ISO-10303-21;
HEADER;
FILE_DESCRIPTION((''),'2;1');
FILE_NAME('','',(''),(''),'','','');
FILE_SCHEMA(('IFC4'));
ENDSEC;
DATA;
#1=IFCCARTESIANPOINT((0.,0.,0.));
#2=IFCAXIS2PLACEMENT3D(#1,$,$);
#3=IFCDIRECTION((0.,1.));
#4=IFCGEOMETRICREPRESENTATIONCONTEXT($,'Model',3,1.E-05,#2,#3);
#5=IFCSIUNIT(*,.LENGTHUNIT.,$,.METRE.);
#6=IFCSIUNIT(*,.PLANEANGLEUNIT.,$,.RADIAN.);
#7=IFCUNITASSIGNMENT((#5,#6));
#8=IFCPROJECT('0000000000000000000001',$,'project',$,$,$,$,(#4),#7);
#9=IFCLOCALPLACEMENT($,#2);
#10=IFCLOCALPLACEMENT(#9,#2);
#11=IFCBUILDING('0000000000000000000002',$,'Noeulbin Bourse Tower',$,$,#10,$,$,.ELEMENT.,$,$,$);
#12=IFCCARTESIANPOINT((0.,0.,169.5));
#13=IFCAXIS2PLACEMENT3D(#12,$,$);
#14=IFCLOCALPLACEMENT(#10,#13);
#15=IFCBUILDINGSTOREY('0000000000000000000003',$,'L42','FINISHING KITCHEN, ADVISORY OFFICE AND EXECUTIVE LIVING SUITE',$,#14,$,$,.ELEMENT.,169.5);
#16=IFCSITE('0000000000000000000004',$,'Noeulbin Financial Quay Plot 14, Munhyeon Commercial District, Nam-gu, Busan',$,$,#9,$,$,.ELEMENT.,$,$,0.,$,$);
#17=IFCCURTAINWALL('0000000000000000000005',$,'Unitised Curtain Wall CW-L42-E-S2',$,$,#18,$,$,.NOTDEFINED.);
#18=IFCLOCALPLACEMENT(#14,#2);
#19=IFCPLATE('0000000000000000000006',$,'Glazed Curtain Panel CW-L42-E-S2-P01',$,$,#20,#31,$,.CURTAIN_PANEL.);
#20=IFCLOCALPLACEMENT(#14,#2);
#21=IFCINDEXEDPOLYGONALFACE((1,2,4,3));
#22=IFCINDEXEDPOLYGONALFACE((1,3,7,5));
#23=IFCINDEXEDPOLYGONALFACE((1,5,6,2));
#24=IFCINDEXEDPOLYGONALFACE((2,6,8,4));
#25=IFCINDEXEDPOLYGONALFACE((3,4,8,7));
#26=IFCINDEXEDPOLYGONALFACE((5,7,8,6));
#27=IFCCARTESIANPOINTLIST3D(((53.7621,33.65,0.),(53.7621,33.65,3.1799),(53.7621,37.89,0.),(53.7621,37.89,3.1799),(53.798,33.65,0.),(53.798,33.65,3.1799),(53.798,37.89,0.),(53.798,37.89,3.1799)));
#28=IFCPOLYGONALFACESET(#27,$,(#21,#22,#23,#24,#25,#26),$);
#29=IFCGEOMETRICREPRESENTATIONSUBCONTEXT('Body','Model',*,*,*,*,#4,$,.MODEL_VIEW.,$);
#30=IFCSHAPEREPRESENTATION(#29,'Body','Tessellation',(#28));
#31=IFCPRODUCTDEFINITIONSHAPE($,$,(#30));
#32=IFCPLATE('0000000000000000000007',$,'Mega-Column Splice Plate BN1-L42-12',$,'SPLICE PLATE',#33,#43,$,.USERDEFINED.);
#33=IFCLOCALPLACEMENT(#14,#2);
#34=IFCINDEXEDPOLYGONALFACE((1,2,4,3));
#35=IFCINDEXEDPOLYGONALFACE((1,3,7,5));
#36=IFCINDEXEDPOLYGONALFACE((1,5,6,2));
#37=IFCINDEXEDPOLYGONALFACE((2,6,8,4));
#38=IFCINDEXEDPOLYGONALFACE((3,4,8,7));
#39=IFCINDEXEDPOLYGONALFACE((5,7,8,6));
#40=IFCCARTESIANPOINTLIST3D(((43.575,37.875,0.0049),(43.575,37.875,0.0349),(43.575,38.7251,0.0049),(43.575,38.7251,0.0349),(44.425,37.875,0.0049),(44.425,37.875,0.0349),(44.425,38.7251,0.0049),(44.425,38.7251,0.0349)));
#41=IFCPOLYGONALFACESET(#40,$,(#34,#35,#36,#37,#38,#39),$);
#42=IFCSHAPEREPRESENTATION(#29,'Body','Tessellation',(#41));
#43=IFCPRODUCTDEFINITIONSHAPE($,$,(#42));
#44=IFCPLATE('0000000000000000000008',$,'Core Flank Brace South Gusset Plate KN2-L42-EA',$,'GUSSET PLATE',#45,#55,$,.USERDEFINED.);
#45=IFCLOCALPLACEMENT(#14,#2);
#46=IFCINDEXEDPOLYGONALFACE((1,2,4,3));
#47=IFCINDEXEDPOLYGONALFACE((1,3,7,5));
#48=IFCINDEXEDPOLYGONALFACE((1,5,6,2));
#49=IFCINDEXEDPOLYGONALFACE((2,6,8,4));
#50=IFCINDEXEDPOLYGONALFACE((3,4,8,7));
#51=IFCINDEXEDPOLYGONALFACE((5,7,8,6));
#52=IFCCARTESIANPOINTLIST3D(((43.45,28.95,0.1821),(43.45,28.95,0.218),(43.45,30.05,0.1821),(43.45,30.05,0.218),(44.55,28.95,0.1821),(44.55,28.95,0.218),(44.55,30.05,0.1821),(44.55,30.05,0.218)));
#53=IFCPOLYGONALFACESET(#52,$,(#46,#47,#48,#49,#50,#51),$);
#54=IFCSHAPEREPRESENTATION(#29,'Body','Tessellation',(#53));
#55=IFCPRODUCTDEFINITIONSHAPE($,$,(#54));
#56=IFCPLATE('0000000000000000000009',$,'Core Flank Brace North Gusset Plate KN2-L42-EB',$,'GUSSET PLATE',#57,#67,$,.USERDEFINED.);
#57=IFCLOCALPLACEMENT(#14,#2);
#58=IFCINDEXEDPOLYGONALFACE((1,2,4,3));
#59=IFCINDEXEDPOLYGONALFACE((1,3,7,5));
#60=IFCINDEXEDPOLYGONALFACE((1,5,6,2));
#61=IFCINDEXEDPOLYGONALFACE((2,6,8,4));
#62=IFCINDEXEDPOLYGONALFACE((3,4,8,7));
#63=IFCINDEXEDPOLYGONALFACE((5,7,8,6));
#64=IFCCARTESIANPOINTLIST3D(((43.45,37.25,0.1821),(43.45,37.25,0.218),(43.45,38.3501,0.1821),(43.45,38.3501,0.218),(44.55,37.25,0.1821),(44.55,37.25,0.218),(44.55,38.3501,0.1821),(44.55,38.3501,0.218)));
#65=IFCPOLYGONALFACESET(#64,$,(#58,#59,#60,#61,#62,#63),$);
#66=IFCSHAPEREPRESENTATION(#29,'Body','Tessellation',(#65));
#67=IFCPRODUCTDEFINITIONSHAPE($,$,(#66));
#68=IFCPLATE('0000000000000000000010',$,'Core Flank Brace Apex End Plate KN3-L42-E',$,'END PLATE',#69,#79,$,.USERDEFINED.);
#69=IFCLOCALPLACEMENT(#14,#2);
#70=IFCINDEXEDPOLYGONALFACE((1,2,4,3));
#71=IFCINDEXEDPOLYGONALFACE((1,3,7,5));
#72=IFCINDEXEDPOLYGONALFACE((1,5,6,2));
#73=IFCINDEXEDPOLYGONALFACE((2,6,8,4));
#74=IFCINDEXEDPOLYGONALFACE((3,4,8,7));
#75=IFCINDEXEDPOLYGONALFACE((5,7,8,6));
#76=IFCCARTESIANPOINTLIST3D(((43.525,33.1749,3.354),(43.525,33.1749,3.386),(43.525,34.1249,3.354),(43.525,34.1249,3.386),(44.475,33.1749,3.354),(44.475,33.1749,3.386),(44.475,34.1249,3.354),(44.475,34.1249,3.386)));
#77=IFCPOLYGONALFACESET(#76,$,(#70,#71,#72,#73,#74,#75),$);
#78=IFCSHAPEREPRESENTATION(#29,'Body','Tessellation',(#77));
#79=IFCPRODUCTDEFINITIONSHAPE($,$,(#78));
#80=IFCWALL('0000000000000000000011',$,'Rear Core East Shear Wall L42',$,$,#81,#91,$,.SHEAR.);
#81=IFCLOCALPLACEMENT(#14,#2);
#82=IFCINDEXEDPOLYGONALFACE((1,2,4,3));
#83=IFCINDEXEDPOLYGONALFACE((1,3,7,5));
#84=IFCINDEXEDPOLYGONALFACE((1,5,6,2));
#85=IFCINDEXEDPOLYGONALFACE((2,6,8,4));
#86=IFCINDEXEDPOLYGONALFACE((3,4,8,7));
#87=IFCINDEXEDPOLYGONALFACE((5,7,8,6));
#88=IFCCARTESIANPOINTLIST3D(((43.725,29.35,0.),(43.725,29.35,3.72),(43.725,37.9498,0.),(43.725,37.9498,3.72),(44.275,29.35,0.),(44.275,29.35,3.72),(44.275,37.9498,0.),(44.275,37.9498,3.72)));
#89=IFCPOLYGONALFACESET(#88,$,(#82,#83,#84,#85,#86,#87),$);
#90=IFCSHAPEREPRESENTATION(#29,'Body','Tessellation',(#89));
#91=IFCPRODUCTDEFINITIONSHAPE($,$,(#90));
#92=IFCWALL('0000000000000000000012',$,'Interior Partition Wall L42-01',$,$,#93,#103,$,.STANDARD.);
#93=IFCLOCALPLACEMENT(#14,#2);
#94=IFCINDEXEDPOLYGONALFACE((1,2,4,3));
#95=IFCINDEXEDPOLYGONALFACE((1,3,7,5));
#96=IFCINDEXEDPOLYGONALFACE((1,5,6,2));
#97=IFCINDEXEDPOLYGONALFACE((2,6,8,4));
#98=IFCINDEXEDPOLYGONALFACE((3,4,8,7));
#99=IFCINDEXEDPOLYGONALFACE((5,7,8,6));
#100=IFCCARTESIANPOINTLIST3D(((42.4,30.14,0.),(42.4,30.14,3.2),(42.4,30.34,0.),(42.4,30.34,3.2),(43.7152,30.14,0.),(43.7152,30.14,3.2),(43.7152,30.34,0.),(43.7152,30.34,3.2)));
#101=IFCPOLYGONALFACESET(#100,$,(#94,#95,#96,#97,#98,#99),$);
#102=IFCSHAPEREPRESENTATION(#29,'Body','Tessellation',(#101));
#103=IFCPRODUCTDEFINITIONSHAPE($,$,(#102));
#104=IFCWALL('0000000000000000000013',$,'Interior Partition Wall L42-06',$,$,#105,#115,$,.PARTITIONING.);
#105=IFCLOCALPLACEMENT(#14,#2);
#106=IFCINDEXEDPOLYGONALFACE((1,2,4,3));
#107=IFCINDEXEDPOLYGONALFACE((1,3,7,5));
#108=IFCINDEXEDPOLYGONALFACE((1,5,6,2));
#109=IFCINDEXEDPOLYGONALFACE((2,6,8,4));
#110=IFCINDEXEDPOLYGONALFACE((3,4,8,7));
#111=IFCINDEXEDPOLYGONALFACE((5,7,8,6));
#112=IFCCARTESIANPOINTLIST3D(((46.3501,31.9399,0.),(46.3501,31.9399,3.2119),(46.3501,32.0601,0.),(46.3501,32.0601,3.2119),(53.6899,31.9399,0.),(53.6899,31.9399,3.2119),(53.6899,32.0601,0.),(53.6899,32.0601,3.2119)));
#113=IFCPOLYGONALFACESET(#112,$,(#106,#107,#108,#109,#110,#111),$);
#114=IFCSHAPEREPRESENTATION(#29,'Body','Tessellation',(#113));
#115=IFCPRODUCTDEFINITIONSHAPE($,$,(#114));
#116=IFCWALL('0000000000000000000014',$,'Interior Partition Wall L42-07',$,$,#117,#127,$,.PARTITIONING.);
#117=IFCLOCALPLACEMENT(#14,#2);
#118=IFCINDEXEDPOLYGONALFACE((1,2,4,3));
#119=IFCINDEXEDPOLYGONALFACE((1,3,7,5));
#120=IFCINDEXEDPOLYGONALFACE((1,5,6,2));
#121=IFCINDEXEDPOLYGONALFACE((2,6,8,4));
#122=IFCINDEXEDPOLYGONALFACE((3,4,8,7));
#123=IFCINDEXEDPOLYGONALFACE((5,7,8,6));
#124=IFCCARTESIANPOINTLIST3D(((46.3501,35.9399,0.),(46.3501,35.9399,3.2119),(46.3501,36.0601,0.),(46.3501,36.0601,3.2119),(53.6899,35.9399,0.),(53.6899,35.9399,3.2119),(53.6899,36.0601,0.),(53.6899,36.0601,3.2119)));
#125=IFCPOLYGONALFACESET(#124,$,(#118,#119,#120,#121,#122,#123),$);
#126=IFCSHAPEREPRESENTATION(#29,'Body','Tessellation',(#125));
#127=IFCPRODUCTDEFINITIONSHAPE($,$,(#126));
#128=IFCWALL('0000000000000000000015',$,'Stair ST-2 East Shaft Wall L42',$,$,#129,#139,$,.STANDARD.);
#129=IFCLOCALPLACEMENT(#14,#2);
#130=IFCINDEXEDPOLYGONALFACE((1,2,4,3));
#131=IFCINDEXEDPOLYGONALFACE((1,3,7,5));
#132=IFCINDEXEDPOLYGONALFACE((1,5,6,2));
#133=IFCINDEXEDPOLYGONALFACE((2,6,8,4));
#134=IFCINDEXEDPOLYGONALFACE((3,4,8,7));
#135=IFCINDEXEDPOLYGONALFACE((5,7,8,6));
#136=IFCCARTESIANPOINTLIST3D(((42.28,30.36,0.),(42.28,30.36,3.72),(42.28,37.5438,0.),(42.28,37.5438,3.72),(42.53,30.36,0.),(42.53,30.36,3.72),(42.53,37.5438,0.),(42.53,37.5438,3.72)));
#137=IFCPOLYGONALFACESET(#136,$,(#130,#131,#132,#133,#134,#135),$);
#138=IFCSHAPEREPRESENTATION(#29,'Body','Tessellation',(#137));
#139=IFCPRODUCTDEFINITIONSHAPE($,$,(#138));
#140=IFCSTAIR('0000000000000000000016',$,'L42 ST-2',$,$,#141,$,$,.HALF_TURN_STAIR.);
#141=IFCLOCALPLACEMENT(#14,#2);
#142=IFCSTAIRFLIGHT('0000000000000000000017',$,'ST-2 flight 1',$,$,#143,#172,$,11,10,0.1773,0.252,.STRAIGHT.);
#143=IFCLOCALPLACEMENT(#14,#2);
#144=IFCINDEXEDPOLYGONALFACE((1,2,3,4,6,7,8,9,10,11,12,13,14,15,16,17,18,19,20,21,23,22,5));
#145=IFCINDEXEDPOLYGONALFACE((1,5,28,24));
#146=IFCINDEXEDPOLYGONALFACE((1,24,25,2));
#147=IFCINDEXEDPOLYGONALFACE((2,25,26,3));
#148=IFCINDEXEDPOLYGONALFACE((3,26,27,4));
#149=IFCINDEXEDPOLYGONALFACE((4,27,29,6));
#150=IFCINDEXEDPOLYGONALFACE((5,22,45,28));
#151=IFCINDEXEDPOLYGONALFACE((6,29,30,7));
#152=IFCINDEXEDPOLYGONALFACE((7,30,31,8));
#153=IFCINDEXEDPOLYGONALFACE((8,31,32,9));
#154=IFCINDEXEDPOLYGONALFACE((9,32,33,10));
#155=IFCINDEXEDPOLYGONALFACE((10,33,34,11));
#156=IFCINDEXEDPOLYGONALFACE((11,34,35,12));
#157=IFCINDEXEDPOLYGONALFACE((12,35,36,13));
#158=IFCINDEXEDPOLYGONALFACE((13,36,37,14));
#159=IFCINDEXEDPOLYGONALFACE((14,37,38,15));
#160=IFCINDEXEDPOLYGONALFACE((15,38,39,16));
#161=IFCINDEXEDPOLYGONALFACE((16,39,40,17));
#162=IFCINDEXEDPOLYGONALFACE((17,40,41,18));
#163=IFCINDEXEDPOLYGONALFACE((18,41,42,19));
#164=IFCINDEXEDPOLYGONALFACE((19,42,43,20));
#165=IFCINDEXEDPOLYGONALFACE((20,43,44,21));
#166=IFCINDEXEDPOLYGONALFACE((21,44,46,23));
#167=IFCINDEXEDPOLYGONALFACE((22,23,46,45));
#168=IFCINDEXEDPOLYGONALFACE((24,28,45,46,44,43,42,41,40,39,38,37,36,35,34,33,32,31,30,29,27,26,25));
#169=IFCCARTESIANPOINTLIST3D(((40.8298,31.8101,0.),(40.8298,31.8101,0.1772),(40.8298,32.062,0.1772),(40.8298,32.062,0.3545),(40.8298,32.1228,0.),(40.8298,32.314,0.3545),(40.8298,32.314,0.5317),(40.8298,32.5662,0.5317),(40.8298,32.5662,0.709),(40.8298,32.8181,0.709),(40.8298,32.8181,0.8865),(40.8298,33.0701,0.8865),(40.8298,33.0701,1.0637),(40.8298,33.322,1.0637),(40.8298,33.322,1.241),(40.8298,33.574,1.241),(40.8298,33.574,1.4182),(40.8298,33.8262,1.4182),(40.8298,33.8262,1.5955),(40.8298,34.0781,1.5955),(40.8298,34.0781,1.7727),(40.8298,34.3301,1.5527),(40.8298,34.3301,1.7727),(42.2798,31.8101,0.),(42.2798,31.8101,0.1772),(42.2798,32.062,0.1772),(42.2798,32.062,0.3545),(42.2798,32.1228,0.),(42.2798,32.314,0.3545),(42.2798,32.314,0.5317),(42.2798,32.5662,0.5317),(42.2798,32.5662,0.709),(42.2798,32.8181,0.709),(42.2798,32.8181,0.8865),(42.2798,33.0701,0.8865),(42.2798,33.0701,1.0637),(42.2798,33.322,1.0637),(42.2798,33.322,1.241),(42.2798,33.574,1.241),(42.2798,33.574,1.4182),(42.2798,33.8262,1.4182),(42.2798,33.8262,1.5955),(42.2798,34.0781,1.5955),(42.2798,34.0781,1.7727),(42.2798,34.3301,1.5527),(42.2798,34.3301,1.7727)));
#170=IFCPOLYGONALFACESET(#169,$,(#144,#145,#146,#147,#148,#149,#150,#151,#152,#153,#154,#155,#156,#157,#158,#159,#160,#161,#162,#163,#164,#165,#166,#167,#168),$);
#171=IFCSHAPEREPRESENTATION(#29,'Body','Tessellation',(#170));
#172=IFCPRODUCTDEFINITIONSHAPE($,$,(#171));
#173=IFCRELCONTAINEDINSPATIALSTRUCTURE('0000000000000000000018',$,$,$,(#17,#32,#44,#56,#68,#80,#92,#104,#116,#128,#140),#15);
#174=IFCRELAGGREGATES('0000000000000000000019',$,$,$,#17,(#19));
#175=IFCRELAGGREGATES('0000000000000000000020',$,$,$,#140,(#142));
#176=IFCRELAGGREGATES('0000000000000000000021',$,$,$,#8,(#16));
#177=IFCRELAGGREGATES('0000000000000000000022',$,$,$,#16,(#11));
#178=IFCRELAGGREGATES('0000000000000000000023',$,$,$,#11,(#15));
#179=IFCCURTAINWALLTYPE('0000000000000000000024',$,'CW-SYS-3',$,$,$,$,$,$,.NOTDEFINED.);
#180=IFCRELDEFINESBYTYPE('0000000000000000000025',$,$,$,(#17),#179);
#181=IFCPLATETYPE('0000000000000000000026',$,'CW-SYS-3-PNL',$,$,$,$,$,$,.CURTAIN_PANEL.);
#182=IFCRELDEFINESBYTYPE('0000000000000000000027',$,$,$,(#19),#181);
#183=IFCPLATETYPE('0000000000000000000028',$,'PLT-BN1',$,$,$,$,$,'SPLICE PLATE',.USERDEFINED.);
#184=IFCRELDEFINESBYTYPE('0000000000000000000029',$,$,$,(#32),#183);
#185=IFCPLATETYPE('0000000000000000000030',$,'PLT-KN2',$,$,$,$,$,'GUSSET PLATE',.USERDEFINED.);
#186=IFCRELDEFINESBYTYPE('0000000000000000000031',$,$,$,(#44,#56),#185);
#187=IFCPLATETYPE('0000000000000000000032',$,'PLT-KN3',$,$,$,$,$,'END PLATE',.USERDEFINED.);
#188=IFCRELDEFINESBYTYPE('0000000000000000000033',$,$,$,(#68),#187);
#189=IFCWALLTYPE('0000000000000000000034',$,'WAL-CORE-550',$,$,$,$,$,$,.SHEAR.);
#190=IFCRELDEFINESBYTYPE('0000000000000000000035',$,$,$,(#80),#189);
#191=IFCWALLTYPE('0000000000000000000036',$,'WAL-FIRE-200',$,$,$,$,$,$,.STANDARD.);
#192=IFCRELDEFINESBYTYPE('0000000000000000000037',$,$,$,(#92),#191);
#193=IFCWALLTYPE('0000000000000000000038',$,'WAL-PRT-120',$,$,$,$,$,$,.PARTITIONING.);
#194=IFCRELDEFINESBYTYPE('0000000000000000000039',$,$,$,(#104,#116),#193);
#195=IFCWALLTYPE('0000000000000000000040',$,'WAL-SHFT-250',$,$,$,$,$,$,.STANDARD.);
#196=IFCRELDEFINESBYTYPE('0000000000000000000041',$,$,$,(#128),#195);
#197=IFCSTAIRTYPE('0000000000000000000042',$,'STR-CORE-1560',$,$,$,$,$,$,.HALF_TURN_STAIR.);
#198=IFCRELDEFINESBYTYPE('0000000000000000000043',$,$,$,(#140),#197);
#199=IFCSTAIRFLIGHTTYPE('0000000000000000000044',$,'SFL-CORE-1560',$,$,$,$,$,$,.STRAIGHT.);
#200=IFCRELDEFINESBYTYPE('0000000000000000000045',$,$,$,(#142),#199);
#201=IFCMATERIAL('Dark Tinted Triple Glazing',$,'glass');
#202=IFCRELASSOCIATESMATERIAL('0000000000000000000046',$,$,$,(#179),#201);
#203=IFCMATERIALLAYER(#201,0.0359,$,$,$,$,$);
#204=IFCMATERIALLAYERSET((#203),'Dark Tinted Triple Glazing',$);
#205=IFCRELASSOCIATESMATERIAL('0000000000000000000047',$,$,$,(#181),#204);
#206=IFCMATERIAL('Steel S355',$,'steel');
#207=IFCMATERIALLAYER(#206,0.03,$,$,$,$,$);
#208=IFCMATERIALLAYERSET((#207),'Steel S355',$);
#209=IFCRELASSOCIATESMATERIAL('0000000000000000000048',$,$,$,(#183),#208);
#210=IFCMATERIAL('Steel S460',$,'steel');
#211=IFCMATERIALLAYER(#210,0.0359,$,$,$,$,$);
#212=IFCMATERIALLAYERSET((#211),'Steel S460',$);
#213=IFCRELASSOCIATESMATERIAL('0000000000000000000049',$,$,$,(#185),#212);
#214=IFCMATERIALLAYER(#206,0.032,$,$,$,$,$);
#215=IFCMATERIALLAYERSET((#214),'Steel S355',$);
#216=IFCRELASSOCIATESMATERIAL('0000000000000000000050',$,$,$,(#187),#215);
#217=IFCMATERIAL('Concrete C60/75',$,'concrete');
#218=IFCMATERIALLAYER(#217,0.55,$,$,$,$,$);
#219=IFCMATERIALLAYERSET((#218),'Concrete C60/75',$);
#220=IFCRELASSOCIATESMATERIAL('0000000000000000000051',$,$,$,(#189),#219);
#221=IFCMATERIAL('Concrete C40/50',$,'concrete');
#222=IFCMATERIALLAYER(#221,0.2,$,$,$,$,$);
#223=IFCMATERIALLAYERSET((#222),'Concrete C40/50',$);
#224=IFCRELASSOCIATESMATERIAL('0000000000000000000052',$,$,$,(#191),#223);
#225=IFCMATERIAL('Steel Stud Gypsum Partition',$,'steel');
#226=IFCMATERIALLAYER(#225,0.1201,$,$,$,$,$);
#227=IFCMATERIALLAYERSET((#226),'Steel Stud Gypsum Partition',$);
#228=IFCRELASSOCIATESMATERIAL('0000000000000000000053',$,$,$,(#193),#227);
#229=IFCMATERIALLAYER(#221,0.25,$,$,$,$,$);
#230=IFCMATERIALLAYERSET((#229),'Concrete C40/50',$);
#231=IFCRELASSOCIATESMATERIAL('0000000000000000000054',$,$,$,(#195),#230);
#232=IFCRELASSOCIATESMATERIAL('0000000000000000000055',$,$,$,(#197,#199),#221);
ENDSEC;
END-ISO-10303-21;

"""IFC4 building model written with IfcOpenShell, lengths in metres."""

from ifc_helpers import new_model, si_unit, direction, frame, frame_2d, origin, origin_2d, place, context, subcontext, project, spatial, polyline, rectangle, outline, extrude, material, layer, layer_set, type_object, element, aggregate, save


model = new_model("IFC4")

# Units and contexts
model_context = context("Model", 3, precision=1e-05, world=origin(), true_north=direction((0.0, 1.0)))
body_context = subcontext(model_context, "Body", "Model", "MODEL_VIEW")
ifc_project = project(units=[si_unit("LENGTHUNIT", "METRE"), si_unit("PLANEANGLEUNIT", "RADIAN")], contexts=[model_context])

# Site, building, storey
site_placement = place(None, origin())
site = spatial("IfcSite", under=ifc_project, at=site_placement, Name="Noeulbin Financial Quay Plot 14, Munhyeon Commercial District, Nam-gu, Busan", CompositionType="ELEMENT", RefElevation=0.0)
building_placement = place(site_placement, origin())
building = spatial("IfcBuilding", under=site, at=building_placement, Name="Noeulbin Bourse Tower", CompositionType="ELEMENT")
storey_placement = place(building_placement, frame((0.0, 0.0, 169.5)))
storey = spatial("IfcBuildingStorey", under=building, at=storey_placement, Name="L42", Description="FINISHING KITCHEN, ADVISORY OFFICE AND EXECUTIVE LIVING SUITE", CompositionType="ELEMENT", Elevation=169.5)

# Shared definitions
ifc_material_1 = material(Name="Steel S460", Category="steel")

# Shared definitions
ifc_material_2 = material(Name="Steel S355", Category="steel")

# Curtain wall
ifc_material_3 = material(Name="Dark Tinted Triple Glazing", Category="glass")
curtain_wall_type = type_object("IfcCurtainWallType", Name="CW-SYS-3", PredefinedType="NOTDEFINED", material=ifc_material_3)
curtain_wall_placement = place(storey_placement, origin())
curtain_wall = element("IfcCurtainWall", 1, at=curtain_wall_placement, inside=storey, type_object=curtain_wall_type, Name="Unitised Curtain Wall CW-L42-E-S2", PredefinedType="NOTDEFINED")

# Plate
ifc_layer_1 = layer(ifc_material_3, 0.0359)
ifc_layer_set_1 = layer_set([ifc_layer_1], Name="Dark Tinted Triple Glazing")
plate_type_1 = type_object("IfcPlateType", Name="CW-SYS-3-PNL", PredefinedType="CURTAIN_PANEL", material=ifc_layer_set_1)
plate_1_placement = place(storey_placement, frame((53.78, 35.77, 0.0), z_axis=(0.0, 0.0, 1.0), x_axis=(0.0, 1.0, 0.0)))
plate_1 = element("IfcPlate", 2, at=plate_1_placement, type_object=plate_type_1, Name="Glazed Curtain Panel CW-L42-E-S2-P01", PredefinedType="CURTAIN_PANEL", context=body_context, shape_type="SweptSolid", body=[
    extrude(rectangle(XDim=4.24, YDim=0.0359, at=origin_2d()), origin(), (0.0, 0.0, 1.0), 3.1799),
])
aggregate(curtain_wall, [plate_1])

# Plates
ifc_layer_2 = layer(ifc_material_2, 0.03)
ifc_layer_set_2 = layer_set([ifc_layer_2], Name="Steel S355")
plate_type_2 = type_object("IfcPlateType", Name="PLT-BN1", ElementType="SPLICE PLATE", PredefinedType="USERDEFINED", material=ifc_layer_set_2)
plate_2_placement = place(storey_placement, frame((44.0, 38.3, 0.0049), z_axis=(0.0, 0.0, 1.0), x_axis=(1.0, 0.0, 0.0)))
element("IfcPlate", 3, at=plate_2_placement, inside=storey, type_object=plate_type_2, Name="Mega-Column Splice Plate BN1-L42-12", ObjectType="SPLICE PLATE", PredefinedType="USERDEFINED", context=body_context, shape_type="SweptSolid", body=[
    extrude(rectangle(XDim=0.8501, YDim=0.8501, at=origin_2d()), origin(), (0.0, 0.0, 1.0), 0.03),
])
ifc_layer_3 = layer(ifc_material_1, 0.0359)
ifc_layer_set_3 = layer_set([ifc_layer_3], Name="Steel S460")
plate_type_3 = type_object("IfcPlateType", Name="PLT-KN2", ElementType="GUSSET PLATE", PredefinedType="USERDEFINED", material=ifc_layer_set_3)
for number, where, z_axis, x_axis, name in (
    (4, (44.0, 29.5, 0.1821), (0.0, 0.0, 1.0), (1.0, 0.0, 0.0), "Core Flank Brace South Gusset Plate KN2-L42-EA"),
    (5, (44.0, 37.8, 0.1821), (0.0, 0.0, 1.0), (1.0, 0.0, 0.0), "Core Flank Brace North Gusset Plate KN2-L42-EB"),
):
    element("IfcPlate", number, at=place(storey_placement, frame(where, z_axis=z_axis, x_axis=x_axis)), inside=storey, type_object=plate_type_3, Name=name, ObjectType="GUSSET PLATE", PredefinedType="USERDEFINED", context=body_context, shape_type="SweptSolid", body=[
        extrude(rectangle(XDim=1.1001, YDim=1.1001, at=origin_2d()), origin(), (0.0, 0.0, 1.0), 0.0359),
    ])
ifc_layer_4 = layer(ifc_material_2, 0.032)
ifc_layer_set_4 = layer_set([ifc_layer_4], Name="Steel S355")
plate_type_4 = type_object("IfcPlateType", Name="PLT-KN3", ElementType="END PLATE", PredefinedType="USERDEFINED", material=ifc_layer_set_4)
plate_3_placement = place(storey_placement, frame((44.0, 33.6499, 3.354), z_axis=(0.0, 0.0, 1.0), x_axis=(1.0, 0.0, 0.0)))
element("IfcPlate", 6, at=plate_3_placement, inside=storey, type_object=plate_type_4, Name="Core Flank Brace Apex End Plate KN3-L42-E", ObjectType="END PLATE", PredefinedType="USERDEFINED", context=body_context, shape_type="SweptSolid", body=[
    extrude(rectangle(XDim=0.95, YDim=0.95, at=origin_2d()), origin(), (0.0, 0.0, 1.0), 0.032),
])

# Walls
ifc_material_4 = material(Name="Concrete C60/75", Category="concrete")
ifc_layer_5 = layer(ifc_material_4, 0.55)
ifc_layer_set_5 = layer_set([ifc_layer_5], Name="Concrete C60/75")
wall_type_1 = type_object("IfcWallType", Name="WAL-CORE-550", PredefinedType="SHEAR", material=ifc_layer_set_5)
wall_1_placement = place(storey_placement, frame((44.0, 29.3501, 0.0), z_axis=(0.0, 0.0, 1.0), x_axis=(0.0, 1.0, 0.0)))
element("IfcWall", 7, at=wall_1_placement, inside=storey, type_object=wall_type_1, Name="Rear Core East Shear Wall L42", PredefinedType="SHEAR", context=body_context, shape_type="SweptSolid", body=[
    extrude(rectangle(XDim=8.5999, YDim=0.55, at=frame_2d((4.2998, 0.0))), origin(), (0.0, 0.0, 1.0), 3.72),
])
ifc_material_5 = material(Name="Concrete C40/50", Category="concrete")
ifc_layer_6 = layer(ifc_material_5, 0.2)
ifc_layer_set_6 = layer_set([ifc_layer_6], Name="Concrete C40/50")
wall_type_2 = type_object("IfcWallType", Name="WAL-FIRE-200", PredefinedType="STANDARD", material=ifc_layer_set_6)
wall_2_placement = place(storey_placement, frame((42.3999, 30.24, 0.0), z_axis=(0.0, 0.0, 1.0), x_axis=(1.0, 0.0, 0.0)))
element("IfcWall", 8, at=wall_2_placement, inside=storey, type_object=wall_type_2, Name="Interior Partition Wall L42-01", PredefinedType="STANDARD", context=body_context, shape_type="SweptSolid", body=[
    extrude(rectangle(XDim=1.3152, YDim=0.2, at=frame_2d((0.6577, 0.0))), origin(), (0.0, 0.0, 1.0), 3.2),
])
ifc_material_6 = material(Name="Steel Stud Gypsum Partition", Category="steel")
ifc_layer_7 = layer(ifc_material_6, 0.1201)
ifc_layer_set_7 = layer_set([ifc_layer_7], Name="Steel Stud Gypsum Partition")
wall_type_3 = type_object("IfcWallType", Name="WAL-PRT-120", PredefinedType="PARTITIONING", material=ifc_layer_set_7)
for number, where, z_axis, x_axis, name in (
    (9, (46.3501, 32.0, 0.0), (0.0, 0.0, 1.0), (1.0, 0.0, 0.0), "Interior Partition Wall L42-06"),
    (10, (46.3501, 36.0, 0.0), (0.0, 0.0, 1.0), (1.0, 0.0, 0.0), "Interior Partition Wall L42-07"),
):
    element("IfcWall", number, at=place(storey_placement, frame(where, z_axis=z_axis, x_axis=x_axis)), inside=storey, type_object=wall_type_3, Name=name, PredefinedType="PARTITIONING", context=body_context, shape_type="SweptSolid", body=[
        extrude(rectangle(XDim=7.3398, YDim=0.1201, at=frame_2d((3.6699, 0.0))), origin(), (0.0, 0.0, 1.0), 3.2119),
    ])
ifc_layer_8 = layer(ifc_material_5, 0.25)
ifc_layer_set_8 = layer_set([ifc_layer_8], Name="Concrete C40/50")
wall_type_4 = type_object("IfcWallType", Name="WAL-SHFT-250", PredefinedType="STANDARD", material=ifc_layer_set_8)
wall_3_placement = place(storey_placement, frame((42.405, 30.3601, 0.0), z_axis=(0.0, 0.0, 1.0), x_axis=(0.0, 1.0, 0.0)))
element("IfcWall", 11, at=wall_3_placement, inside=storey, type_object=wall_type_4, Name="Stair ST-2 East Shaft Wall L42", PredefinedType="STANDARD", context=body_context, shape_type="SweptSolid", body=[
    extrude(rectangle(XDim=7.1838, YDim=0.25, at=frame_2d((3.5918, 0.0))), origin(), (0.0, 0.0, 1.0), 3.72),
])

# Stair, stair flight
stair_type = type_object("IfcStairType", Name="STR-CORE-1560", PredefinedType="HALF_TURN_STAIR", material=ifc_material_5)
stair_placement = place(storey_placement, origin())
stair = element("IfcStair", 12, at=stair_placement, inside=storey, type_object=stair_type, Name="L42 ST-2", PredefinedType="HALF_TURN_STAIR")
stair_flight_type = type_object("IfcStairFlightType", Name="SFL-CORE-1560", PredefinedType="STRAIGHT", material=ifc_material_5)
stair_flight_placement = place(storey_placement, frame((41.5549, 31.8101, 0.0), z_axis=(0.0, 0.0, 1.0), x_axis=(0.0, 1.0, 0.0)))
stair_flight = element("IfcStairFlight", 13, at=stair_flight_placement, type_object=stair_flight_type, Name="ST-2 flight 1", NumberOfRisers=11, NumberOfTreads=10, PredefinedType="STRAIGHT", RiserHeight=0.1773, TreadLength=0.252, context=body_context, shape_type="SweptSolid", body=[
    extrude(outline(polyline([(0.0, 0.0), (0.0, 0.1772), (0.252, 0.1772), (0.252, 0.3545), (0.5039, 0.3545), (0.5039, 0.5317), (0.7561, 0.5317), (0.7561, 0.709), (1.0081, 0.709), (1.0081, 0.8865), (1.26, 0.8865), (1.26, 1.0637), (1.512, 1.0637), (1.512, 1.241), (1.7639, 1.241), (1.7639, 1.4182), (2.0161, 1.4182), (2.0161, 1.5955), (2.2681, 1.5955), (2.2681, 1.7727), (2.52, 1.7727), (2.52, 1.95), (2.52, 1.5527), (0.3127, 0.0), (0.0, 0.0)])), frame((0.0, 0.7251, 0.0), z_axis=(0.0, -1.0, 0.0), x_axis=(1.0, 0.0, 0.0)), (0.0, 0.0, 1.0), 1.45),
])
aggregate(stair, [stair_flight])

save(model, "model.ifc")
